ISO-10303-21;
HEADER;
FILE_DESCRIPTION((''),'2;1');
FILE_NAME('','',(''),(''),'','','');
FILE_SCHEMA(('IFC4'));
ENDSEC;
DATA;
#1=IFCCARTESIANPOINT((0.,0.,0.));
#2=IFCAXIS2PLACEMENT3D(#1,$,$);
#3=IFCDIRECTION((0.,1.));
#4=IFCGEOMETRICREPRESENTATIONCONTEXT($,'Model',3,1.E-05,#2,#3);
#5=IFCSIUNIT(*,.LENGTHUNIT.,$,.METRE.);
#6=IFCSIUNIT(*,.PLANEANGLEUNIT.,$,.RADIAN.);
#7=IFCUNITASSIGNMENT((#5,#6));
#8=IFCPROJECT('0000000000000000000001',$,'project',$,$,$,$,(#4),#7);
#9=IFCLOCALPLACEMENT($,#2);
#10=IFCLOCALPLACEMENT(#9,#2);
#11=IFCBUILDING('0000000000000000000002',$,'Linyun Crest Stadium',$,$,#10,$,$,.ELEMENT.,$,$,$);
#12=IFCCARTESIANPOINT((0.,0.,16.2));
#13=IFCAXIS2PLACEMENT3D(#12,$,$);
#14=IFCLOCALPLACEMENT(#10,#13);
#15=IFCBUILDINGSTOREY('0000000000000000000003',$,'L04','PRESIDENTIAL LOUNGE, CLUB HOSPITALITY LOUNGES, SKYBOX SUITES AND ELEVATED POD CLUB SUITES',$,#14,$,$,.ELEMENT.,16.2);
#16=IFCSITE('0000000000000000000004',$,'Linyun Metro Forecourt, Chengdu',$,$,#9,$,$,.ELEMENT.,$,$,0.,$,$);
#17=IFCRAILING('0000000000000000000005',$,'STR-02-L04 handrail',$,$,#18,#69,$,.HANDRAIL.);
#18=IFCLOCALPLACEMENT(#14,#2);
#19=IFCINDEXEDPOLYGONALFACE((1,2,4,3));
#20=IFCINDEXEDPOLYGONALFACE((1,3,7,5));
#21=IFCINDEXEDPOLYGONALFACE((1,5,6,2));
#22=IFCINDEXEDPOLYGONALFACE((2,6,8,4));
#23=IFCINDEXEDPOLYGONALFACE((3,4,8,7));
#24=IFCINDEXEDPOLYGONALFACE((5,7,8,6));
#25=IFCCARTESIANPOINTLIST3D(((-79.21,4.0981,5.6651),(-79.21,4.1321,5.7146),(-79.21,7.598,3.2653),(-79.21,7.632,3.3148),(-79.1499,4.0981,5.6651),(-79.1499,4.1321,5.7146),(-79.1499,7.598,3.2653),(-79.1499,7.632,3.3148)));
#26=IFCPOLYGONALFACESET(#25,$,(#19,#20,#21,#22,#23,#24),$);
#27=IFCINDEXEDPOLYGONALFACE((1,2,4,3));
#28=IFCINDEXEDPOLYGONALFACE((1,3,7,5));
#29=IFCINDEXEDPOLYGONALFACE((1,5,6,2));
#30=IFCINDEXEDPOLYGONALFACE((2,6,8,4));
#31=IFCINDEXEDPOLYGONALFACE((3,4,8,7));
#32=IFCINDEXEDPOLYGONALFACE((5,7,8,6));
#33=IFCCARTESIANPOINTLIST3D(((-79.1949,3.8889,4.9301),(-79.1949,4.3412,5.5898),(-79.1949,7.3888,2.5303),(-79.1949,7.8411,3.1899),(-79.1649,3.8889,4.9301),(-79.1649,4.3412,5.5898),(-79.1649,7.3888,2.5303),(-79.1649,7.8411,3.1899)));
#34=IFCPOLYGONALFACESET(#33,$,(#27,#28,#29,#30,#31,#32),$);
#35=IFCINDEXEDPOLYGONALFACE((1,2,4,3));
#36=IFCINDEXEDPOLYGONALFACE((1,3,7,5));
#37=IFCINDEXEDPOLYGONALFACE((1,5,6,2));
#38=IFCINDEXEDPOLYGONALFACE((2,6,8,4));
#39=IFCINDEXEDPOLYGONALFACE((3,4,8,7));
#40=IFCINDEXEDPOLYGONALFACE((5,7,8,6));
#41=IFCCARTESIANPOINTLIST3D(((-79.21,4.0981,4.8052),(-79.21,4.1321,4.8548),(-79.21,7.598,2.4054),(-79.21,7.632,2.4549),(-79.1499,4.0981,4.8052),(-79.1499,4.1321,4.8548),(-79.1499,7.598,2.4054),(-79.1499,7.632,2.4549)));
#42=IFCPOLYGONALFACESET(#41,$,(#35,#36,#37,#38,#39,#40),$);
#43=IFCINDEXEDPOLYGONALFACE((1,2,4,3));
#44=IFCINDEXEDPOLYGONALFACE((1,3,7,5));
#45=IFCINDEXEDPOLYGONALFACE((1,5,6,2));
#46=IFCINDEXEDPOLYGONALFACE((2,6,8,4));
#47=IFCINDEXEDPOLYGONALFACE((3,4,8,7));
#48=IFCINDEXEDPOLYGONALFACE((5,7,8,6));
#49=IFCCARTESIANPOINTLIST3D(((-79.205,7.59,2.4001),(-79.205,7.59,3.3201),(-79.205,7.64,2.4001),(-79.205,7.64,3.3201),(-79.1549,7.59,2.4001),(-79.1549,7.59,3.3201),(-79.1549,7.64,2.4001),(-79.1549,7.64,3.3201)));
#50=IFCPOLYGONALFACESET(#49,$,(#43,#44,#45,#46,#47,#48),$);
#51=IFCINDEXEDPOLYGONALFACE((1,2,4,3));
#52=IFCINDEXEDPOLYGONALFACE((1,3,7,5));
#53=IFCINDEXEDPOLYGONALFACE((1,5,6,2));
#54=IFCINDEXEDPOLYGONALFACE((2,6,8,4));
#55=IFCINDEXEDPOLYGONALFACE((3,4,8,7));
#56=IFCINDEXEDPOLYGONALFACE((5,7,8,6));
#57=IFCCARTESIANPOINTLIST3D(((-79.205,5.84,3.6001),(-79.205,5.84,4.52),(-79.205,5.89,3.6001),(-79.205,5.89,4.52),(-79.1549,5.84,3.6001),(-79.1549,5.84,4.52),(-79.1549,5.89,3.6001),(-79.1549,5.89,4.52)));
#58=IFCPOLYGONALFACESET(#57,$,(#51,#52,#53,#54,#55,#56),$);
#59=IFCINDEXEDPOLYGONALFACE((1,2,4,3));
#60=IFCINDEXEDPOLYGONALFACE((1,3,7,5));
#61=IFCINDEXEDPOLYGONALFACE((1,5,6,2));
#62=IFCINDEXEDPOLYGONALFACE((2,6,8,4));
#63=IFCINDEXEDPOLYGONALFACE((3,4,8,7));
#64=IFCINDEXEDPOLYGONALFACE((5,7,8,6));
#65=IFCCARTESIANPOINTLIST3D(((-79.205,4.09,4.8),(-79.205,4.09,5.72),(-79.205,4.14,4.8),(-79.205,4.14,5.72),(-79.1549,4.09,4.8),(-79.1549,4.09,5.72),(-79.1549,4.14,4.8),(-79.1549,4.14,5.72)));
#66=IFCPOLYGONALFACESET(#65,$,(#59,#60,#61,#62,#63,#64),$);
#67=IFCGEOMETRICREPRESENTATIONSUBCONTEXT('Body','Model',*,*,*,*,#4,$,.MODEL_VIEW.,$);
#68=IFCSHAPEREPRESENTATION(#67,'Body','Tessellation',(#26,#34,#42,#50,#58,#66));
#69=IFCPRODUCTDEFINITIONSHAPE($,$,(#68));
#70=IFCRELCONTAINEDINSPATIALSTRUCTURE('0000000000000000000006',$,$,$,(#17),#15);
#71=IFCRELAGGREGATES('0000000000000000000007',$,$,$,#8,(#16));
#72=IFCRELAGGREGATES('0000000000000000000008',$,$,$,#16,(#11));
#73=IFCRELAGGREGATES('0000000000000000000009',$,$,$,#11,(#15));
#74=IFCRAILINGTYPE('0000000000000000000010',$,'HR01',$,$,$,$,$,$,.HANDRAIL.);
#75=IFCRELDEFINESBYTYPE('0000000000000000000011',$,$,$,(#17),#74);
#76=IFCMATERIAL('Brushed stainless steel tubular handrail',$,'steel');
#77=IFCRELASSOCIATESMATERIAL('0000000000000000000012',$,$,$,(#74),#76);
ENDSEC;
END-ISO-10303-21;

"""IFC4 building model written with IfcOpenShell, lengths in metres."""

from ifc_helpers import new_model, si_unit, direction, frame, origin, origin_2d, place, context, subcontext, project, spatial, rectangle, extrude, material, type_object, element, save


model = new_model("IFC4")

# Units and contexts
model_context = context("Model", 3, precision=1e-05, world=origin(), true_north=direction((0.0, 1.0)))
body_context = subcontext(model_context, "Body", "Model", "MODEL_VIEW")
ifc_project = project(units=[si_unit("LENGTHUNIT", "METRE"), si_unit("PLANEANGLEUNIT", "RADIAN")], contexts=[model_context])

# Site, building, storey
site_placement = place(None, origin())
site = spatial("IfcSite", under=ifc_project, at=site_placement, Name="Linyun Metro Forecourt, Chengdu", CompositionType="ELEMENT", RefElevation=0.0)
building_placement = place(site_placement, origin())
building = spatial("IfcBuilding", under=site, at=building_placement, Name="Linyun Crest Stadium", CompositionType="ELEMENT")
storey_placement = place(building_placement, frame((0.0, 0.0, 16.2)))
storey = spatial("IfcBuildingStorey", under=building, at=storey_placement, Name="L04", Description="PRESIDENTIAL LOUNGE, CLUB HOSPITALITY LOUNGES, SKYBOX SUITES AND ELEVATED POD CLUB SUITES", CompositionType="ELEMENT", Elevation=16.2)

# Railing
ifc_material_1 = material(Name="Brushed stainless steel tubular handrail", Category="steel")
railing_type_1 = type_object("IfcRailingType", Name="HR01", PredefinedType="HANDRAIL", material=ifc_material_1)
railing_1_placement = place(storey_placement, frame((-79.1799, 7.615, 2.4001)))
element("IfcRailing", 1, at=railing_1_placement, inside=storey, type_object=railing_type_1, Name="STR-02-L04 handrail", PredefinedType="HANDRAIL", context=body_context, shape_type="SweptSolid", body=[
    extrude(rectangle(XDim=0.0601, YDim=0.0601, at=origin_2d()), frame((0.0, 0.0, 0.8899), z_axis=(0.0, -0.82474, 0.565513), x_axis=(1.0, 0.0, 0.0)), (0.0, 0.0, 1.0), 4.2437),
    extrude(rectangle(XDim=0.03, YDim=0.7998, at=origin_2d()), frame((0.0, 0.0, 0.46), z_axis=(0.0, -0.82474, 0.565513), x_axis=(1.0, 0.0, 0.0)), (0.0, 0.0, 1.0), 4.2437),
    extrude(rectangle(XDim=0.0601, YDim=0.0601, at=origin_2d()), frame((0.0, 0.0, 0.03), z_axis=(0.0, -0.82474, 0.565513), x_axis=(1.0, 0.0, 0.0)), (0.0, 0.0, 1.0), 4.2437),
    extrude(rectangle(XDim=0.05, YDim=0.05, at=origin_2d()), origin(), (0.0, 0.0, 1.0), 0.9199),
    extrude(rectangle(XDim=0.05, YDim=0.05, at=origin_2d()), frame((0.0, -1.75, 1.2)), (0.0, 0.0, 1.0), 0.9199),
    extrude(rectangle(XDim=0.05, YDim=0.05, at=origin_2d()), frame((0.0, -3.5, 2.3999)), (0.0, 0.0, 1.0), 0.9199),
])

save(model, "model.ifc")
